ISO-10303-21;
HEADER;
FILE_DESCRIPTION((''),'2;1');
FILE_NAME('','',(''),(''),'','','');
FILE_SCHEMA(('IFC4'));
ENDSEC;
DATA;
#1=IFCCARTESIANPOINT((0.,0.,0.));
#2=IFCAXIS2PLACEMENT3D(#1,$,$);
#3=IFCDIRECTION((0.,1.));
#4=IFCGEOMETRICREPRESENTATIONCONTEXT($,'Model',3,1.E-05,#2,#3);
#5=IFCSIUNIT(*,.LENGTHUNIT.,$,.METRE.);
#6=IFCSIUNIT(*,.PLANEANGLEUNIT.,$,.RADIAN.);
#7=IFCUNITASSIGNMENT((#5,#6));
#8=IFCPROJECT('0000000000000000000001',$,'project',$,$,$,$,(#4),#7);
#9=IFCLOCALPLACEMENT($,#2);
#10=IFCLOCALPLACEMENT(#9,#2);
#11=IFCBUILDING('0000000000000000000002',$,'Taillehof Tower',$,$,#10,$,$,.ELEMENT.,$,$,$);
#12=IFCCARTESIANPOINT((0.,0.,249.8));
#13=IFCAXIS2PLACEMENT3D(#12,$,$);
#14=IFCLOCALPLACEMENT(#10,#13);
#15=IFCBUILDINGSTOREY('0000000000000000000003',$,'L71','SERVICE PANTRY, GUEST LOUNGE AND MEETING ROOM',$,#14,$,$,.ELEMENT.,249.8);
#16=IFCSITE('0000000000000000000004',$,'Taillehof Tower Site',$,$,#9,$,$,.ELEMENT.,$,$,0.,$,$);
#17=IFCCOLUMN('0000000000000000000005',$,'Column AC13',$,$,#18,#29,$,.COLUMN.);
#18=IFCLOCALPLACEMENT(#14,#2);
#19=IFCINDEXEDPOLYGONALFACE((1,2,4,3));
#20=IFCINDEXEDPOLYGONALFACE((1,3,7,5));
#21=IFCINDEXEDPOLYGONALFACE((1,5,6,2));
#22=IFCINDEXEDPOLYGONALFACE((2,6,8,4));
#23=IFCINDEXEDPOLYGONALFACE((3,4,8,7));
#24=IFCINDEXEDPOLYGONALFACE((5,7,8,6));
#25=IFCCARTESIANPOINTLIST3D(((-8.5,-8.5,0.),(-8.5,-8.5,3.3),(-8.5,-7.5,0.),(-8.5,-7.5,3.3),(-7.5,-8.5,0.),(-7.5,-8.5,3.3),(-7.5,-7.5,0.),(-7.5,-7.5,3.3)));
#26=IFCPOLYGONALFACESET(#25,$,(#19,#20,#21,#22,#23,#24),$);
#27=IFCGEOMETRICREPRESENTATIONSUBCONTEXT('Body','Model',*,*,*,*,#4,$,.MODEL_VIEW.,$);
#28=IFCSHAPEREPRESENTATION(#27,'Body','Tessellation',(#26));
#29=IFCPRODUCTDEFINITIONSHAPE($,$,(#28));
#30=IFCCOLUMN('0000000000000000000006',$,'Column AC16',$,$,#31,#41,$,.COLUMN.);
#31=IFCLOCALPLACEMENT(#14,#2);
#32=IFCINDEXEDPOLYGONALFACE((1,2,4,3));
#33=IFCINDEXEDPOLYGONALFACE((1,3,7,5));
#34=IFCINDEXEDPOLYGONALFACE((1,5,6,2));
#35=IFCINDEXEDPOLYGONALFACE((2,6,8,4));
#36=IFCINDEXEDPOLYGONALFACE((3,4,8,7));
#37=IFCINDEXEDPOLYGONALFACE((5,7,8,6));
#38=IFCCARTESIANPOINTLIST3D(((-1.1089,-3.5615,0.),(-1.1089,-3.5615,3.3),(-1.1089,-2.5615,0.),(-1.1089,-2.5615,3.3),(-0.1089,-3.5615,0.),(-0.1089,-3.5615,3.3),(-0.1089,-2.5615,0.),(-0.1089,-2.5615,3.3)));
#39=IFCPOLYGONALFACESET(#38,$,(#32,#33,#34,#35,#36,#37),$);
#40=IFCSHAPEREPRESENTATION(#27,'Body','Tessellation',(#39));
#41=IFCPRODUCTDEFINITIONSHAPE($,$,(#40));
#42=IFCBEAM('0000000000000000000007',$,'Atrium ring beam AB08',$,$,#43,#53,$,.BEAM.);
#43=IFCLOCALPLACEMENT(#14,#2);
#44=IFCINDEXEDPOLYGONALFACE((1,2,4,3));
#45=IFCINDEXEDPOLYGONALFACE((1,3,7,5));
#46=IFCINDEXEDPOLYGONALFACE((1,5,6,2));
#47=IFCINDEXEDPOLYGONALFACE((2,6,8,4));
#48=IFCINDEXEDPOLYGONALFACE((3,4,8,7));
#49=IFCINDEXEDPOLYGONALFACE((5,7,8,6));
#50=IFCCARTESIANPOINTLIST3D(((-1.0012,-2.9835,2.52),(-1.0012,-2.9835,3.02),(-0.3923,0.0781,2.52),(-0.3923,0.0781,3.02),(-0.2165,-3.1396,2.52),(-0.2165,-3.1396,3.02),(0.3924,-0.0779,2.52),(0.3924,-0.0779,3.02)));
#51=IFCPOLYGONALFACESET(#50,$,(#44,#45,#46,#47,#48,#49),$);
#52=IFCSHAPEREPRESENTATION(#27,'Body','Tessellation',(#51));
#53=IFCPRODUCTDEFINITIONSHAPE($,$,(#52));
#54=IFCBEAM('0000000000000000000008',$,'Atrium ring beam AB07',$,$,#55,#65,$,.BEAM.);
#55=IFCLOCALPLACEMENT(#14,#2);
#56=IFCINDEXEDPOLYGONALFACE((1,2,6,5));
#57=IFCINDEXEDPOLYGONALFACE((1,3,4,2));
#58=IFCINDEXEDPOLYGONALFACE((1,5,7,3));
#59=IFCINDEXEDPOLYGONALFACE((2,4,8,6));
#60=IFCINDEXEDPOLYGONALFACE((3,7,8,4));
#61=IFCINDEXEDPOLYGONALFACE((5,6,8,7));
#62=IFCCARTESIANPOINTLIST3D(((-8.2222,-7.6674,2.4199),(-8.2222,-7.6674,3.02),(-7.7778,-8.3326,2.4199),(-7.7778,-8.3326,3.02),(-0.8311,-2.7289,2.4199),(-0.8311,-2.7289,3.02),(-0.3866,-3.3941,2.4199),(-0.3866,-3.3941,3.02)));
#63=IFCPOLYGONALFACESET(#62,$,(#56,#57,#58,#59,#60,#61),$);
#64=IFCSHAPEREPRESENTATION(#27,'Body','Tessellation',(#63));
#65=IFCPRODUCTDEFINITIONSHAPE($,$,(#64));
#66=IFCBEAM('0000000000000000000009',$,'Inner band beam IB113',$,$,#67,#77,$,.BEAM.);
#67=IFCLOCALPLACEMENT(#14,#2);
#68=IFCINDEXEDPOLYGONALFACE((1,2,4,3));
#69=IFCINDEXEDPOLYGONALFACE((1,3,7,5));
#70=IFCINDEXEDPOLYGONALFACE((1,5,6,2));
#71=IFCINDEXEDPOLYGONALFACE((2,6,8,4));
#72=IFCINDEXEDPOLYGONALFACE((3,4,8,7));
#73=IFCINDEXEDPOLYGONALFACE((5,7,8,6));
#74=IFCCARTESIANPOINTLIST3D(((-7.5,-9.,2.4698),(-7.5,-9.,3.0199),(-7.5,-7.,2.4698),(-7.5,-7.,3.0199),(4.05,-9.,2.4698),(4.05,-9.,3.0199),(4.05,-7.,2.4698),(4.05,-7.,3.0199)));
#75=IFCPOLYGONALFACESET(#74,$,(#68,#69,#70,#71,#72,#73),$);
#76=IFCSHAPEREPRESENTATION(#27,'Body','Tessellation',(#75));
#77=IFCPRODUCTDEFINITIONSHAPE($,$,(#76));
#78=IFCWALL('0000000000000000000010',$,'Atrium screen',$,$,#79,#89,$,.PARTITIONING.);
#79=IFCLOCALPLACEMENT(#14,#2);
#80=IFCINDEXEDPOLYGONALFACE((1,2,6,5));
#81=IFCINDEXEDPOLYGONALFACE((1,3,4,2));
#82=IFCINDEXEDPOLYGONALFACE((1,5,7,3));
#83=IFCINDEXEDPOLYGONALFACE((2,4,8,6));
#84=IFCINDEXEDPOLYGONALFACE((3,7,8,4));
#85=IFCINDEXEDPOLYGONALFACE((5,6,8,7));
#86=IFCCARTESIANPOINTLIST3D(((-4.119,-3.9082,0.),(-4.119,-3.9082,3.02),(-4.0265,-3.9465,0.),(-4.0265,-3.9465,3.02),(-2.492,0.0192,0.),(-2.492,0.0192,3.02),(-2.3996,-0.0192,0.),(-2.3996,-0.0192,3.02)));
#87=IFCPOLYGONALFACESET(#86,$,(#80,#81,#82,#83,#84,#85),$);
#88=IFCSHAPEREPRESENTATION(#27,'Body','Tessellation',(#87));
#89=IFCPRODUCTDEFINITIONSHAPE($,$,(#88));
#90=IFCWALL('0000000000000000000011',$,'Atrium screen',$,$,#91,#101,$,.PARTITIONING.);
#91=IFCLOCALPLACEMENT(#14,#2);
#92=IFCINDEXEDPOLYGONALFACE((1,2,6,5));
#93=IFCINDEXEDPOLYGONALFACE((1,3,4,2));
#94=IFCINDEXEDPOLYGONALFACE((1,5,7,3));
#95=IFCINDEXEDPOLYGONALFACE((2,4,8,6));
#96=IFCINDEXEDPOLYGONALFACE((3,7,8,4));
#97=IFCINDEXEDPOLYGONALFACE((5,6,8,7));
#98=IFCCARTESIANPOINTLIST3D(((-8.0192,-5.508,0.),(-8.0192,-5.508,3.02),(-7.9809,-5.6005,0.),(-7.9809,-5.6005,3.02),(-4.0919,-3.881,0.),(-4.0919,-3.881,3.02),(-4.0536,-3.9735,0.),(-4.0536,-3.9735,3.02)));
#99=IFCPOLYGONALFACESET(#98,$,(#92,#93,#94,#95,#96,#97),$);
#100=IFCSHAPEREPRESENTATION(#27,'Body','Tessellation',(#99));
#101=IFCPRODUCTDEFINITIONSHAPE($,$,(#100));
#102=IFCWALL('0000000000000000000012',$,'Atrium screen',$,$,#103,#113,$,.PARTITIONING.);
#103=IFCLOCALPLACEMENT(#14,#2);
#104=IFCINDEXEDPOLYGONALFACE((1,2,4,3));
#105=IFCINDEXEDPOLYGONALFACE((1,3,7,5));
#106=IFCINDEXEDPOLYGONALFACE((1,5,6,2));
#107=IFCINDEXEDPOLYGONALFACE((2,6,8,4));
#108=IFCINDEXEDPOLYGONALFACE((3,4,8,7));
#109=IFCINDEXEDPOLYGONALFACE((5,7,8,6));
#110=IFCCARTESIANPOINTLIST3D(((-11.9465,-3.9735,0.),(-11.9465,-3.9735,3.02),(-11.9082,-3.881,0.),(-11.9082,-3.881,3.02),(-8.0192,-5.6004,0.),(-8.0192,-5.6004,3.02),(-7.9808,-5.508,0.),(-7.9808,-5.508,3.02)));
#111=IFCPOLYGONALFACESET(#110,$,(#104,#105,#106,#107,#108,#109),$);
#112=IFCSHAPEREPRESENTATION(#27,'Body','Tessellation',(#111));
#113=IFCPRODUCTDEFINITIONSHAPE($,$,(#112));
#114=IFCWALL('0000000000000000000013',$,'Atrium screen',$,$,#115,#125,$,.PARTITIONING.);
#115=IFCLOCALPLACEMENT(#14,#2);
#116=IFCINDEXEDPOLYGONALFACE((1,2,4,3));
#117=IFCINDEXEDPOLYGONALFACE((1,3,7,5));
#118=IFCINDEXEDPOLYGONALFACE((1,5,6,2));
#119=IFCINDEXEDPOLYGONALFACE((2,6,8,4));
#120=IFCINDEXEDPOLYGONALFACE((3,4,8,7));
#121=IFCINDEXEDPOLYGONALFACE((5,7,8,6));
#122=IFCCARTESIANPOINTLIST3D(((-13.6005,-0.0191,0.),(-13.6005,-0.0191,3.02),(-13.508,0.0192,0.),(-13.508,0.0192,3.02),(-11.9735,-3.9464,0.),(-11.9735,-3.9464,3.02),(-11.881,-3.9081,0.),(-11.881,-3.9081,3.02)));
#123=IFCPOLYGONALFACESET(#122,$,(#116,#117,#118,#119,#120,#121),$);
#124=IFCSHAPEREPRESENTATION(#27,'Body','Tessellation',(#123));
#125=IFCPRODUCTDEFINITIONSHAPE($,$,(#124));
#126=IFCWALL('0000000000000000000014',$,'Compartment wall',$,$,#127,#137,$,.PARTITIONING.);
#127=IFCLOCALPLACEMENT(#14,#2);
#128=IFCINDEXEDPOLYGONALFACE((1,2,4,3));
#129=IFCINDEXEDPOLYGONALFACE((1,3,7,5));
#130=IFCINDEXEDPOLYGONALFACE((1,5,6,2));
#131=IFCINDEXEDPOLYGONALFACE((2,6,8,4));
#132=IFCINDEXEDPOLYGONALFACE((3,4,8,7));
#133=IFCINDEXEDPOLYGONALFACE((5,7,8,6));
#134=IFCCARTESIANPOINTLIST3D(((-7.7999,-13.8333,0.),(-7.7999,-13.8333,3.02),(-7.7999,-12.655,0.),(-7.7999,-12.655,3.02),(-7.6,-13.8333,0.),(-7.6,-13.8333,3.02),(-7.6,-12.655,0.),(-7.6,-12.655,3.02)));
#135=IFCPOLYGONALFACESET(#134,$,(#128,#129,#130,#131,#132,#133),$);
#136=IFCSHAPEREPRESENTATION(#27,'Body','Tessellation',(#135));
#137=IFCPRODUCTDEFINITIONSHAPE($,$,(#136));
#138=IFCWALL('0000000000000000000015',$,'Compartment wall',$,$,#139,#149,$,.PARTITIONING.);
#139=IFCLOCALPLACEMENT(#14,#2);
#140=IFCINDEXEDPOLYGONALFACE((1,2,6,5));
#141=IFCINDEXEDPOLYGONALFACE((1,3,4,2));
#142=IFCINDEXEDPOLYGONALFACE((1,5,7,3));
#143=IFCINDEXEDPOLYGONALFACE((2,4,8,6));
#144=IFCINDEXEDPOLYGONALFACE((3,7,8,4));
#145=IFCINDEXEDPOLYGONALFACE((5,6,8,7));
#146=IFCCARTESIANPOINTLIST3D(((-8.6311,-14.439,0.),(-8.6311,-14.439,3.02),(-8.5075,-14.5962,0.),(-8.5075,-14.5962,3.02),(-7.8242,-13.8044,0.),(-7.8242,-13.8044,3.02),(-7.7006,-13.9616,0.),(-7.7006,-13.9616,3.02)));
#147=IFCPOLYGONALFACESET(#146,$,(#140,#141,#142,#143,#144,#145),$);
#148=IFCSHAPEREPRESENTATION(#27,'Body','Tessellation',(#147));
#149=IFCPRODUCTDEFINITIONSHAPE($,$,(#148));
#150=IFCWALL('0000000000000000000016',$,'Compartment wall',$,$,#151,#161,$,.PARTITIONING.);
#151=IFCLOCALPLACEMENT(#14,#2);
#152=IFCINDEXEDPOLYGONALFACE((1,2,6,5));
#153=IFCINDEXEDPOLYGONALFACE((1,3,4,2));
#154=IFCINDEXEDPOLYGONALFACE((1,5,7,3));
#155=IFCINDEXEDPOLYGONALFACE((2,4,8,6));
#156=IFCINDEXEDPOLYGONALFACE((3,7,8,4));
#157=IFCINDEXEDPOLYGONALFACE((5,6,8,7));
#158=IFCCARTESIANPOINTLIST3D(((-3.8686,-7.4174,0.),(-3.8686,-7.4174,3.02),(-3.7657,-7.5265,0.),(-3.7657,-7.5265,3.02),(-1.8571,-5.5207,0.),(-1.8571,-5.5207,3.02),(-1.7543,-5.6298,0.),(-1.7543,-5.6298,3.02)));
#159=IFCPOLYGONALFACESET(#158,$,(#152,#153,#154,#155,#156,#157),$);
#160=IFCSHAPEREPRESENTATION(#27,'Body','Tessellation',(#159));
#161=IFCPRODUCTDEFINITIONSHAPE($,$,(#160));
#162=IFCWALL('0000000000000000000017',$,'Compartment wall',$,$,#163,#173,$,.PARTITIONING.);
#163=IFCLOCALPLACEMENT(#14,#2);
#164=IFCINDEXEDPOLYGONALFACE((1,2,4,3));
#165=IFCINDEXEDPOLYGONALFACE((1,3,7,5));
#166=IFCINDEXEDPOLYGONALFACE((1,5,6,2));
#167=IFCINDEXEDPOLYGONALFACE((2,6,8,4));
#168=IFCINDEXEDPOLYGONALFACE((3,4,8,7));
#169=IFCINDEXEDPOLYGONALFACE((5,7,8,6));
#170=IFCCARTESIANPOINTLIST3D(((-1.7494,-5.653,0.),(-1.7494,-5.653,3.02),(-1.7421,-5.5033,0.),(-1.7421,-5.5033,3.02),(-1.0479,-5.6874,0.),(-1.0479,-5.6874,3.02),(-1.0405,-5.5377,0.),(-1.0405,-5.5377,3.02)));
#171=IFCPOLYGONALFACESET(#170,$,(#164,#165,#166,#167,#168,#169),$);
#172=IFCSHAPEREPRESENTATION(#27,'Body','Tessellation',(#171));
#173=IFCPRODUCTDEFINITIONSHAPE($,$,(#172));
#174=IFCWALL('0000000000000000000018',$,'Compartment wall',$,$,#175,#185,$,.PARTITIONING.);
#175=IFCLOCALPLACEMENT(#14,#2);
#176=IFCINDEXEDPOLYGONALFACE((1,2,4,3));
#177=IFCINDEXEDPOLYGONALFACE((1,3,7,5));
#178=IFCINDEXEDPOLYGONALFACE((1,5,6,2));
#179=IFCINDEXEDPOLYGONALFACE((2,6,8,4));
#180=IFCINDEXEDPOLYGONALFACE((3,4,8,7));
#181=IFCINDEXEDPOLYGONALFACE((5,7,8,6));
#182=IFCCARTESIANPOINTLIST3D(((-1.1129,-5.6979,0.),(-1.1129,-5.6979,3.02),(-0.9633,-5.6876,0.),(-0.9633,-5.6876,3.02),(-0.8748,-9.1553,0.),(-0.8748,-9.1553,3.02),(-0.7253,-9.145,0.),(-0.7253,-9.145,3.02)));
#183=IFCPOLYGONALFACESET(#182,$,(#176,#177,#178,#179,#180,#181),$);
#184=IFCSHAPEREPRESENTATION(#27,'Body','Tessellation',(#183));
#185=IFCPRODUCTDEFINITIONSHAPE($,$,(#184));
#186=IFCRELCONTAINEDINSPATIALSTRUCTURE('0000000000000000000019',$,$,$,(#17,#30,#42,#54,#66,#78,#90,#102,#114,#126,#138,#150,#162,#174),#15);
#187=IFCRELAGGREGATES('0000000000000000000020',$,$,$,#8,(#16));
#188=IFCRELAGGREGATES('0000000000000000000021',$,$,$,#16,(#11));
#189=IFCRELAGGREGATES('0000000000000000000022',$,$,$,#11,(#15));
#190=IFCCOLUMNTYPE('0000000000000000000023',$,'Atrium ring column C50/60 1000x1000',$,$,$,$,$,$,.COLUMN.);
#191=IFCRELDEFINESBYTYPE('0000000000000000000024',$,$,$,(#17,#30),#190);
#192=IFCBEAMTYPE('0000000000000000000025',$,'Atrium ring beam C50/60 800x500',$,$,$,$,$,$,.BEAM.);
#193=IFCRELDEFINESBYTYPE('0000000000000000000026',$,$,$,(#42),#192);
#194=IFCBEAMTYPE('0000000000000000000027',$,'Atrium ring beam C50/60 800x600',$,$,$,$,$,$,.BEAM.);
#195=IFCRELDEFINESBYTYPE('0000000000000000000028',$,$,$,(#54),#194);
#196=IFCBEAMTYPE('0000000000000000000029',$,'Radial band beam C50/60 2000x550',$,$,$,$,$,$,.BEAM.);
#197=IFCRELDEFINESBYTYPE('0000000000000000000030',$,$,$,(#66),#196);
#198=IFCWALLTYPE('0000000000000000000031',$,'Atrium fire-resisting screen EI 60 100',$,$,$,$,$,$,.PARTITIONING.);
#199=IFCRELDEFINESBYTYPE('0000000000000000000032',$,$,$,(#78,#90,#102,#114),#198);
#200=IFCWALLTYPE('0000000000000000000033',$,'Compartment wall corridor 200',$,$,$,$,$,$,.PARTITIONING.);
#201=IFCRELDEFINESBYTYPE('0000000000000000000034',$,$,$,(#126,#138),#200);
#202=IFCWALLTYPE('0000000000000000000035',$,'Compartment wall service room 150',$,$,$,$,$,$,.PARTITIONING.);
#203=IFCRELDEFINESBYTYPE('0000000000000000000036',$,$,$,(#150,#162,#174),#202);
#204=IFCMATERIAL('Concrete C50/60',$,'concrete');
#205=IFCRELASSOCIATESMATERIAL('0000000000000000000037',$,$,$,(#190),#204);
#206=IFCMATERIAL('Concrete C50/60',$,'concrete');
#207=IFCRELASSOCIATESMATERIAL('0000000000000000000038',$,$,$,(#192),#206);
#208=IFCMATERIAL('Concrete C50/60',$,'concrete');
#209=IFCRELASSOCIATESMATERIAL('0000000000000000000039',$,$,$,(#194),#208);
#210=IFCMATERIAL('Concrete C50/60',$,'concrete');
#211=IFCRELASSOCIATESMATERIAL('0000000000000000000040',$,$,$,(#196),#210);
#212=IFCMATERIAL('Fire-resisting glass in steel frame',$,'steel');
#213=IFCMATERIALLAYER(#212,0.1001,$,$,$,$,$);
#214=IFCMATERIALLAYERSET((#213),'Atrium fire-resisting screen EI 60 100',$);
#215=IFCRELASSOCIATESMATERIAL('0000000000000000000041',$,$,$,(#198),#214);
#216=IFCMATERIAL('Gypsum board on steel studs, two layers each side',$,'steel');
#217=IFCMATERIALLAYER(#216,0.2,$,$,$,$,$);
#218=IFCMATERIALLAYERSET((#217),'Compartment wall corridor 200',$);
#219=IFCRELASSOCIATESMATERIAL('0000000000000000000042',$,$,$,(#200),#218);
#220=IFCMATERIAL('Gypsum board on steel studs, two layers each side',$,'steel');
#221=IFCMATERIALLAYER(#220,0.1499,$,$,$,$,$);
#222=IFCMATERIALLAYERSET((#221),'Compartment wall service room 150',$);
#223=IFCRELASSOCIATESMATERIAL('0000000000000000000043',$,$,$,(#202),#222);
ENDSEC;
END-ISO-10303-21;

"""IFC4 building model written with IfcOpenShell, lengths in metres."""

from ifc_helpers import new_model, si_unit, direction, frame, frame_2d, origin, origin_2d, place, context, subcontext, project, spatial, rectangle, extrude, material, layer, layer_set, material_profile, profile_set, type_object, element, save


model = new_model("IFC4")

# Units and contexts
model_context = context("Model", 3, precision=1e-05, world=origin(), true_north=direction((0.0, 1.0)))
body_context = subcontext(model_context, "Body", "Model", "MODEL_VIEW")
ifc_project = project(units=[si_unit("LENGTHUNIT", "METRE"), si_unit("PLANEANGLEUNIT", "RADIAN")], contexts=[model_context])

# Site, building, storey
site_placement = place(None, origin())
site = spatial("IfcSite", under=ifc_project, at=site_placement, Name="Taillehof Tower Site", CompositionType="ELEMENT", RefElevation=0.0)
building_placement = place(site_placement, origin())
building = spatial("IfcBuilding", under=site, at=building_placement, Name="Taillehof Tower", CompositionType="ELEMENT")
storey_placement = place(building_placement, frame((0.0, 0.0, 249.8)))
storey = spatial("IfcBuildingStorey", under=building, at=storey_placement, Name="L71", Description="SERVICE PANTRY, GUEST LOUNGE AND MEETING ROOM", CompositionType="ELEMENT", Elevation=249.8)

# Columns
ifc_material_1 = material(Name="Concrete C50/60", Category="concrete")
ifc_material_profile_1 = material_profile(ifc_material_1, rectangle(XDim=1.0, YDim=1.0, at=origin_2d()), Name="RC 1000x1000")
ifc_profile_set_1 = profile_set([ifc_material_profile_1], Name="Concrete C50/60")
column_type = type_object("IfcColumnType", Name="Atrium ring column C50/60 1000x1000", PredefinedType="COLUMN", material=ifc_profile_set_1)
for number, where, z_axis, x_axis, name in (
    (1, (-8.0, -8.0, 0.0), (0.0, 0.0, 1.0), (1.0, 0.0, 0.0), "Column AC13"),
    (2, (-0.6089, -3.0615, 0.0), (0.0, 0.0, 1.0), (1.0, 0.0, 0.0), "Column AC16"),
):
    element("IfcColumn", number, at=place(storey_placement, frame(where, z_axis=z_axis, x_axis=x_axis)), inside=storey, type_object=column_type, Name=name, PredefinedType="COLUMN", context=body_context, shape_type="SweptSolid", body=[
        extrude(rectangle(XDim=1.0, YDim=1.0, at=origin_2d()), origin(), (0.0, 0.0, 1.0), 3.3),
    ])

# Beams
ifc_material_2 = material(Name="Concrete C50/60", Category="concrete")
ifc_material_profile_2 = material_profile(ifc_material_2, rectangle(XDim=0.8, YDim=0.5, at=origin_2d()), Name="RC 800x500")
ifc_profile_set_2 = profile_set([ifc_material_profile_2], Name="Concrete C50/60")
beam_type_1 = type_object("IfcBeamType", Name="Atrium ring beam C50/60 800x500", PredefinedType="BEAM", material=ifc_profile_set_2)
beam_1_placement = place(storey_placement, frame((-0.6089, -3.0615, 2.77), z_axis=(0.195063, 0.980791, 0.0), x_axis=(-0.980791, 0.195063, 0.0)))
element("IfcBeam", 3, at=beam_1_placement, inside=storey, type_object=beam_type_1, Name="Atrium ring beam AB08", PredefinedType="BEAM", context=body_context, shape_type="SweptSolid", body=[
    extrude(rectangle(XDim=0.8, YDim=0.5, at=origin_2d()), origin(), (0.0, 0.0, 1.0), 3.1216),
])
ifc_material_3 = material(Name="Concrete C50/60", Category="concrete")
ifc_material_profile_3 = material_profile(ifc_material_3, rectangle(XDim=0.8, YDim=0.6001, at=origin_2d()), Name="RC 800x600")
ifc_profile_set_3 = profile_set([ifc_material_profile_3], Name="Concrete C50/60")
beam_type_2 = type_object("IfcBeamType", Name="Atrium ring beam C50/60 800x600", PredefinedType="BEAM", material=ifc_profile_set_3)
beam_2_placement = place(storey_placement, frame((-8.0, -8.0, 2.72), z_axis=(0.831475, 0.555562, 0.0), x_axis=(-0.555562, 0.831475, 0.0)))
element("IfcBeam", 4, at=beam_2_placement, inside=storey, type_object=beam_type_2, Name="Atrium ring beam AB07", PredefinedType="BEAM", context=body_context, shape_type="SweptSolid", body=[
    extrude(rectangle(XDim=0.8, YDim=0.6001, at=origin_2d()), origin(), (0.0, 0.0, 1.0), 8.8892),
])
ifc_material_4 = material(Name="Concrete C50/60", Category="concrete")
ifc_material_profile_4 = material_profile(ifc_material_4, rectangle(XDim=2.0, YDim=0.55, at=origin_2d()), Name="RC 2000x550")
ifc_profile_set_4 = profile_set([ifc_material_profile_4], Name="Concrete C50/60")
beam_type_3 = type_object("IfcBeamType", Name="Radial band beam C50/60 2000x550", PredefinedType="BEAM", material=ifc_profile_set_4)
beam_3_placement = place(storey_placement, frame((-7.5, -8.0, 2.7449), z_axis=(1.0, 0.0, 0.0), x_axis=(0.0, 1.0, 0.0)))
element("IfcBeam", 5, at=beam_3_placement, inside=storey, type_object=beam_type_3, Name="Inner band beam IB113", PredefinedType="BEAM", context=body_context, shape_type="SweptSolid", body=[
    extrude(rectangle(XDim=2.0, YDim=0.55, at=origin_2d()), origin(), (0.0, 0.0, 1.0), 11.55),
])

# Walls
ifc_material_5 = material(Name="Fire-resisting glass in steel frame", Category="steel")
ifc_layer_1 = layer(ifc_material_5, 0.1001)
ifc_layer_set_1 = layer_set([ifc_layer_1], Name="Atrium fire-resisting screen EI 60 100")
wall_type_1 = type_object("IfcWallType", Name="Atrium fire-resisting screen EI 60 100", PredefinedType="PARTITIONING", material=ifc_layer_set_1)
for number, where, z_axis, x_axis, name in (
    (6, (-2.4458, 0.0, 0.0), (0.0, 0.0, 1.0), (-0.382731, -0.92386, 0.0), "Atrium screen"),
    (7, (-4.0728, -3.9272, 0.0), (0.0, 0.0, 1.0), (-0.92386, -0.382731, 0.0), "Atrium screen"),
    (8, (-8.0, -5.5542, 0.0), (0.0, 0.0, 1.0), (-0.92386, 0.382731, 0.0), "Atrium screen"),
    (9, (-11.9272, -3.9272, 0.0), (0.0, 0.0, 1.0), (-0.382731, 0.92386, 0.0), "Atrium screen"),
):
    element("IfcWall", number, at=place(storey_placement, frame(where, z_axis=z_axis, x_axis=x_axis)), inside=storey, type_object=wall_type_1, Name=name, PredefinedType="PARTITIONING", context=body_context, shape_type="SweptSolid", body=[
        extrude(rectangle(XDim=4.251, YDim=0.1001, at=frame_2d((2.1255, 0.0))), origin(), (0.0, 0.0, 1.0), 3.02),
    ])
ifc_material_6 = material(Name="Gypsum board on steel studs, two layers each side", Category="steel")
ifc_layer_2 = layer(ifc_material_6, 0.2)
ifc_layer_set_2 = layer_set([ifc_layer_2], Name="Compartment wall corridor 200")
wall_type_2 = type_object("IfcWallType", Name="Compartment wall corridor 200", PredefinedType="PARTITIONING", material=ifc_layer_set_2)
wall_1_placement = place(storey_placement, frame((-7.7, -12.655, 0.0), z_axis=(0.0, 0.0, 1.0), x_axis=(0.0, -1.0, 0.0)))
element("IfcWall", 10, at=wall_1_placement, inside=storey, type_object=wall_type_2, Name="Compartment wall", PredefinedType="PARTITIONING", context=body_context, shape_type="SweptSolid", body=[
    extrude(rectangle(XDim=1.1782, YDim=0.2, at=frame_2d((0.5891, 0.0))), origin(), (0.0, 0.0, 1.0), 3.02),
])
wall_2_placement = place(storey_placement, frame((-7.7625, -13.8831, 0.0), z_axis=(0.0, 0.0, 1.0), x_axis=(-0.786062, -0.618147, 0.0)))
element("IfcWall", 11, at=wall_2_placement, inside=storey, type_object=wall_type_2, Name="Compartment wall", PredefinedType="PARTITIONING", context=body_context, shape_type="SweptSolid", body=[
    extrude(rectangle(XDim=1.0266, YDim=0.2, at=frame_2d((0.5132, 0.0))), origin(), (0.0, 0.0, 1.0), 3.02),
])
ifc_material_7 = material(Name="Gypsum board on steel studs, two layers each side", Category="steel")
ifc_layer_3 = layer(ifc_material_7, 0.1499)
ifc_layer_set_3 = layer_set([ifc_layer_3], Name="Compartment wall service room 150")
wall_type_3 = type_object("IfcWallType", Name="Compartment wall service room 150", PredefinedType="PARTITIONING", material=ifc_layer_set_3)
wall_3_placement = place(storey_placement, frame((-3.8171, -7.4719, 0.0), z_axis=(0.0, 0.0, 1.0), x_axis=(0.727554, 0.68605, 0.0)))
element("IfcWall", 12, at=wall_3_placement, inside=storey, type_object=wall_type_3, Name="Compartment wall", PredefinedType="PARTITIONING", context=body_context, shape_type="SweptSolid", body=[
    extrude(rectangle(XDim=2.7646, YDim=0.1499, at=frame_2d((1.3823, 0.0))), origin(), (0.0, 0.0, 1.0), 3.02),
])
wall_4_placement = place(storey_placement, frame((-1.7456, -5.5781, 0.0), z_axis=(0.0, 0.0, 1.0), x_axis=(0.998799, -0.049002, 0.0)))
element("IfcWall", 13, at=wall_4_placement, inside=storey, type_object=wall_type_3, Name="Compartment wall", PredefinedType="PARTITIONING", context=body_context, shape_type="SweptSolid", body=[
    extrude(rectangle(XDim=0.7024, YDim=0.1499, at=frame_2d((0.3511, 0.0))), origin(), (0.0, 0.0, 1.0), 3.02),
])
wall_5_placement = place(storey_placement, frame((-1.0381, -5.6926, 0.0), z_axis=(0.0, 0.0, 1.0), x_axis=(0.068688, -0.997638, 0.0)))
element("IfcWall", 14, at=wall_5_placement, inside=storey, type_object=wall_type_3, Name="Compartment wall", PredefinedType="PARTITIONING", context=body_context, shape_type="SweptSolid", body=[
    extrude(rectangle(XDim=3.4656, YDim=0.1499, at=frame_2d((1.7329, 0.0))), origin(), (0.0, 0.0, 1.0), 3.02),
])

save(model, "model.ifc")
